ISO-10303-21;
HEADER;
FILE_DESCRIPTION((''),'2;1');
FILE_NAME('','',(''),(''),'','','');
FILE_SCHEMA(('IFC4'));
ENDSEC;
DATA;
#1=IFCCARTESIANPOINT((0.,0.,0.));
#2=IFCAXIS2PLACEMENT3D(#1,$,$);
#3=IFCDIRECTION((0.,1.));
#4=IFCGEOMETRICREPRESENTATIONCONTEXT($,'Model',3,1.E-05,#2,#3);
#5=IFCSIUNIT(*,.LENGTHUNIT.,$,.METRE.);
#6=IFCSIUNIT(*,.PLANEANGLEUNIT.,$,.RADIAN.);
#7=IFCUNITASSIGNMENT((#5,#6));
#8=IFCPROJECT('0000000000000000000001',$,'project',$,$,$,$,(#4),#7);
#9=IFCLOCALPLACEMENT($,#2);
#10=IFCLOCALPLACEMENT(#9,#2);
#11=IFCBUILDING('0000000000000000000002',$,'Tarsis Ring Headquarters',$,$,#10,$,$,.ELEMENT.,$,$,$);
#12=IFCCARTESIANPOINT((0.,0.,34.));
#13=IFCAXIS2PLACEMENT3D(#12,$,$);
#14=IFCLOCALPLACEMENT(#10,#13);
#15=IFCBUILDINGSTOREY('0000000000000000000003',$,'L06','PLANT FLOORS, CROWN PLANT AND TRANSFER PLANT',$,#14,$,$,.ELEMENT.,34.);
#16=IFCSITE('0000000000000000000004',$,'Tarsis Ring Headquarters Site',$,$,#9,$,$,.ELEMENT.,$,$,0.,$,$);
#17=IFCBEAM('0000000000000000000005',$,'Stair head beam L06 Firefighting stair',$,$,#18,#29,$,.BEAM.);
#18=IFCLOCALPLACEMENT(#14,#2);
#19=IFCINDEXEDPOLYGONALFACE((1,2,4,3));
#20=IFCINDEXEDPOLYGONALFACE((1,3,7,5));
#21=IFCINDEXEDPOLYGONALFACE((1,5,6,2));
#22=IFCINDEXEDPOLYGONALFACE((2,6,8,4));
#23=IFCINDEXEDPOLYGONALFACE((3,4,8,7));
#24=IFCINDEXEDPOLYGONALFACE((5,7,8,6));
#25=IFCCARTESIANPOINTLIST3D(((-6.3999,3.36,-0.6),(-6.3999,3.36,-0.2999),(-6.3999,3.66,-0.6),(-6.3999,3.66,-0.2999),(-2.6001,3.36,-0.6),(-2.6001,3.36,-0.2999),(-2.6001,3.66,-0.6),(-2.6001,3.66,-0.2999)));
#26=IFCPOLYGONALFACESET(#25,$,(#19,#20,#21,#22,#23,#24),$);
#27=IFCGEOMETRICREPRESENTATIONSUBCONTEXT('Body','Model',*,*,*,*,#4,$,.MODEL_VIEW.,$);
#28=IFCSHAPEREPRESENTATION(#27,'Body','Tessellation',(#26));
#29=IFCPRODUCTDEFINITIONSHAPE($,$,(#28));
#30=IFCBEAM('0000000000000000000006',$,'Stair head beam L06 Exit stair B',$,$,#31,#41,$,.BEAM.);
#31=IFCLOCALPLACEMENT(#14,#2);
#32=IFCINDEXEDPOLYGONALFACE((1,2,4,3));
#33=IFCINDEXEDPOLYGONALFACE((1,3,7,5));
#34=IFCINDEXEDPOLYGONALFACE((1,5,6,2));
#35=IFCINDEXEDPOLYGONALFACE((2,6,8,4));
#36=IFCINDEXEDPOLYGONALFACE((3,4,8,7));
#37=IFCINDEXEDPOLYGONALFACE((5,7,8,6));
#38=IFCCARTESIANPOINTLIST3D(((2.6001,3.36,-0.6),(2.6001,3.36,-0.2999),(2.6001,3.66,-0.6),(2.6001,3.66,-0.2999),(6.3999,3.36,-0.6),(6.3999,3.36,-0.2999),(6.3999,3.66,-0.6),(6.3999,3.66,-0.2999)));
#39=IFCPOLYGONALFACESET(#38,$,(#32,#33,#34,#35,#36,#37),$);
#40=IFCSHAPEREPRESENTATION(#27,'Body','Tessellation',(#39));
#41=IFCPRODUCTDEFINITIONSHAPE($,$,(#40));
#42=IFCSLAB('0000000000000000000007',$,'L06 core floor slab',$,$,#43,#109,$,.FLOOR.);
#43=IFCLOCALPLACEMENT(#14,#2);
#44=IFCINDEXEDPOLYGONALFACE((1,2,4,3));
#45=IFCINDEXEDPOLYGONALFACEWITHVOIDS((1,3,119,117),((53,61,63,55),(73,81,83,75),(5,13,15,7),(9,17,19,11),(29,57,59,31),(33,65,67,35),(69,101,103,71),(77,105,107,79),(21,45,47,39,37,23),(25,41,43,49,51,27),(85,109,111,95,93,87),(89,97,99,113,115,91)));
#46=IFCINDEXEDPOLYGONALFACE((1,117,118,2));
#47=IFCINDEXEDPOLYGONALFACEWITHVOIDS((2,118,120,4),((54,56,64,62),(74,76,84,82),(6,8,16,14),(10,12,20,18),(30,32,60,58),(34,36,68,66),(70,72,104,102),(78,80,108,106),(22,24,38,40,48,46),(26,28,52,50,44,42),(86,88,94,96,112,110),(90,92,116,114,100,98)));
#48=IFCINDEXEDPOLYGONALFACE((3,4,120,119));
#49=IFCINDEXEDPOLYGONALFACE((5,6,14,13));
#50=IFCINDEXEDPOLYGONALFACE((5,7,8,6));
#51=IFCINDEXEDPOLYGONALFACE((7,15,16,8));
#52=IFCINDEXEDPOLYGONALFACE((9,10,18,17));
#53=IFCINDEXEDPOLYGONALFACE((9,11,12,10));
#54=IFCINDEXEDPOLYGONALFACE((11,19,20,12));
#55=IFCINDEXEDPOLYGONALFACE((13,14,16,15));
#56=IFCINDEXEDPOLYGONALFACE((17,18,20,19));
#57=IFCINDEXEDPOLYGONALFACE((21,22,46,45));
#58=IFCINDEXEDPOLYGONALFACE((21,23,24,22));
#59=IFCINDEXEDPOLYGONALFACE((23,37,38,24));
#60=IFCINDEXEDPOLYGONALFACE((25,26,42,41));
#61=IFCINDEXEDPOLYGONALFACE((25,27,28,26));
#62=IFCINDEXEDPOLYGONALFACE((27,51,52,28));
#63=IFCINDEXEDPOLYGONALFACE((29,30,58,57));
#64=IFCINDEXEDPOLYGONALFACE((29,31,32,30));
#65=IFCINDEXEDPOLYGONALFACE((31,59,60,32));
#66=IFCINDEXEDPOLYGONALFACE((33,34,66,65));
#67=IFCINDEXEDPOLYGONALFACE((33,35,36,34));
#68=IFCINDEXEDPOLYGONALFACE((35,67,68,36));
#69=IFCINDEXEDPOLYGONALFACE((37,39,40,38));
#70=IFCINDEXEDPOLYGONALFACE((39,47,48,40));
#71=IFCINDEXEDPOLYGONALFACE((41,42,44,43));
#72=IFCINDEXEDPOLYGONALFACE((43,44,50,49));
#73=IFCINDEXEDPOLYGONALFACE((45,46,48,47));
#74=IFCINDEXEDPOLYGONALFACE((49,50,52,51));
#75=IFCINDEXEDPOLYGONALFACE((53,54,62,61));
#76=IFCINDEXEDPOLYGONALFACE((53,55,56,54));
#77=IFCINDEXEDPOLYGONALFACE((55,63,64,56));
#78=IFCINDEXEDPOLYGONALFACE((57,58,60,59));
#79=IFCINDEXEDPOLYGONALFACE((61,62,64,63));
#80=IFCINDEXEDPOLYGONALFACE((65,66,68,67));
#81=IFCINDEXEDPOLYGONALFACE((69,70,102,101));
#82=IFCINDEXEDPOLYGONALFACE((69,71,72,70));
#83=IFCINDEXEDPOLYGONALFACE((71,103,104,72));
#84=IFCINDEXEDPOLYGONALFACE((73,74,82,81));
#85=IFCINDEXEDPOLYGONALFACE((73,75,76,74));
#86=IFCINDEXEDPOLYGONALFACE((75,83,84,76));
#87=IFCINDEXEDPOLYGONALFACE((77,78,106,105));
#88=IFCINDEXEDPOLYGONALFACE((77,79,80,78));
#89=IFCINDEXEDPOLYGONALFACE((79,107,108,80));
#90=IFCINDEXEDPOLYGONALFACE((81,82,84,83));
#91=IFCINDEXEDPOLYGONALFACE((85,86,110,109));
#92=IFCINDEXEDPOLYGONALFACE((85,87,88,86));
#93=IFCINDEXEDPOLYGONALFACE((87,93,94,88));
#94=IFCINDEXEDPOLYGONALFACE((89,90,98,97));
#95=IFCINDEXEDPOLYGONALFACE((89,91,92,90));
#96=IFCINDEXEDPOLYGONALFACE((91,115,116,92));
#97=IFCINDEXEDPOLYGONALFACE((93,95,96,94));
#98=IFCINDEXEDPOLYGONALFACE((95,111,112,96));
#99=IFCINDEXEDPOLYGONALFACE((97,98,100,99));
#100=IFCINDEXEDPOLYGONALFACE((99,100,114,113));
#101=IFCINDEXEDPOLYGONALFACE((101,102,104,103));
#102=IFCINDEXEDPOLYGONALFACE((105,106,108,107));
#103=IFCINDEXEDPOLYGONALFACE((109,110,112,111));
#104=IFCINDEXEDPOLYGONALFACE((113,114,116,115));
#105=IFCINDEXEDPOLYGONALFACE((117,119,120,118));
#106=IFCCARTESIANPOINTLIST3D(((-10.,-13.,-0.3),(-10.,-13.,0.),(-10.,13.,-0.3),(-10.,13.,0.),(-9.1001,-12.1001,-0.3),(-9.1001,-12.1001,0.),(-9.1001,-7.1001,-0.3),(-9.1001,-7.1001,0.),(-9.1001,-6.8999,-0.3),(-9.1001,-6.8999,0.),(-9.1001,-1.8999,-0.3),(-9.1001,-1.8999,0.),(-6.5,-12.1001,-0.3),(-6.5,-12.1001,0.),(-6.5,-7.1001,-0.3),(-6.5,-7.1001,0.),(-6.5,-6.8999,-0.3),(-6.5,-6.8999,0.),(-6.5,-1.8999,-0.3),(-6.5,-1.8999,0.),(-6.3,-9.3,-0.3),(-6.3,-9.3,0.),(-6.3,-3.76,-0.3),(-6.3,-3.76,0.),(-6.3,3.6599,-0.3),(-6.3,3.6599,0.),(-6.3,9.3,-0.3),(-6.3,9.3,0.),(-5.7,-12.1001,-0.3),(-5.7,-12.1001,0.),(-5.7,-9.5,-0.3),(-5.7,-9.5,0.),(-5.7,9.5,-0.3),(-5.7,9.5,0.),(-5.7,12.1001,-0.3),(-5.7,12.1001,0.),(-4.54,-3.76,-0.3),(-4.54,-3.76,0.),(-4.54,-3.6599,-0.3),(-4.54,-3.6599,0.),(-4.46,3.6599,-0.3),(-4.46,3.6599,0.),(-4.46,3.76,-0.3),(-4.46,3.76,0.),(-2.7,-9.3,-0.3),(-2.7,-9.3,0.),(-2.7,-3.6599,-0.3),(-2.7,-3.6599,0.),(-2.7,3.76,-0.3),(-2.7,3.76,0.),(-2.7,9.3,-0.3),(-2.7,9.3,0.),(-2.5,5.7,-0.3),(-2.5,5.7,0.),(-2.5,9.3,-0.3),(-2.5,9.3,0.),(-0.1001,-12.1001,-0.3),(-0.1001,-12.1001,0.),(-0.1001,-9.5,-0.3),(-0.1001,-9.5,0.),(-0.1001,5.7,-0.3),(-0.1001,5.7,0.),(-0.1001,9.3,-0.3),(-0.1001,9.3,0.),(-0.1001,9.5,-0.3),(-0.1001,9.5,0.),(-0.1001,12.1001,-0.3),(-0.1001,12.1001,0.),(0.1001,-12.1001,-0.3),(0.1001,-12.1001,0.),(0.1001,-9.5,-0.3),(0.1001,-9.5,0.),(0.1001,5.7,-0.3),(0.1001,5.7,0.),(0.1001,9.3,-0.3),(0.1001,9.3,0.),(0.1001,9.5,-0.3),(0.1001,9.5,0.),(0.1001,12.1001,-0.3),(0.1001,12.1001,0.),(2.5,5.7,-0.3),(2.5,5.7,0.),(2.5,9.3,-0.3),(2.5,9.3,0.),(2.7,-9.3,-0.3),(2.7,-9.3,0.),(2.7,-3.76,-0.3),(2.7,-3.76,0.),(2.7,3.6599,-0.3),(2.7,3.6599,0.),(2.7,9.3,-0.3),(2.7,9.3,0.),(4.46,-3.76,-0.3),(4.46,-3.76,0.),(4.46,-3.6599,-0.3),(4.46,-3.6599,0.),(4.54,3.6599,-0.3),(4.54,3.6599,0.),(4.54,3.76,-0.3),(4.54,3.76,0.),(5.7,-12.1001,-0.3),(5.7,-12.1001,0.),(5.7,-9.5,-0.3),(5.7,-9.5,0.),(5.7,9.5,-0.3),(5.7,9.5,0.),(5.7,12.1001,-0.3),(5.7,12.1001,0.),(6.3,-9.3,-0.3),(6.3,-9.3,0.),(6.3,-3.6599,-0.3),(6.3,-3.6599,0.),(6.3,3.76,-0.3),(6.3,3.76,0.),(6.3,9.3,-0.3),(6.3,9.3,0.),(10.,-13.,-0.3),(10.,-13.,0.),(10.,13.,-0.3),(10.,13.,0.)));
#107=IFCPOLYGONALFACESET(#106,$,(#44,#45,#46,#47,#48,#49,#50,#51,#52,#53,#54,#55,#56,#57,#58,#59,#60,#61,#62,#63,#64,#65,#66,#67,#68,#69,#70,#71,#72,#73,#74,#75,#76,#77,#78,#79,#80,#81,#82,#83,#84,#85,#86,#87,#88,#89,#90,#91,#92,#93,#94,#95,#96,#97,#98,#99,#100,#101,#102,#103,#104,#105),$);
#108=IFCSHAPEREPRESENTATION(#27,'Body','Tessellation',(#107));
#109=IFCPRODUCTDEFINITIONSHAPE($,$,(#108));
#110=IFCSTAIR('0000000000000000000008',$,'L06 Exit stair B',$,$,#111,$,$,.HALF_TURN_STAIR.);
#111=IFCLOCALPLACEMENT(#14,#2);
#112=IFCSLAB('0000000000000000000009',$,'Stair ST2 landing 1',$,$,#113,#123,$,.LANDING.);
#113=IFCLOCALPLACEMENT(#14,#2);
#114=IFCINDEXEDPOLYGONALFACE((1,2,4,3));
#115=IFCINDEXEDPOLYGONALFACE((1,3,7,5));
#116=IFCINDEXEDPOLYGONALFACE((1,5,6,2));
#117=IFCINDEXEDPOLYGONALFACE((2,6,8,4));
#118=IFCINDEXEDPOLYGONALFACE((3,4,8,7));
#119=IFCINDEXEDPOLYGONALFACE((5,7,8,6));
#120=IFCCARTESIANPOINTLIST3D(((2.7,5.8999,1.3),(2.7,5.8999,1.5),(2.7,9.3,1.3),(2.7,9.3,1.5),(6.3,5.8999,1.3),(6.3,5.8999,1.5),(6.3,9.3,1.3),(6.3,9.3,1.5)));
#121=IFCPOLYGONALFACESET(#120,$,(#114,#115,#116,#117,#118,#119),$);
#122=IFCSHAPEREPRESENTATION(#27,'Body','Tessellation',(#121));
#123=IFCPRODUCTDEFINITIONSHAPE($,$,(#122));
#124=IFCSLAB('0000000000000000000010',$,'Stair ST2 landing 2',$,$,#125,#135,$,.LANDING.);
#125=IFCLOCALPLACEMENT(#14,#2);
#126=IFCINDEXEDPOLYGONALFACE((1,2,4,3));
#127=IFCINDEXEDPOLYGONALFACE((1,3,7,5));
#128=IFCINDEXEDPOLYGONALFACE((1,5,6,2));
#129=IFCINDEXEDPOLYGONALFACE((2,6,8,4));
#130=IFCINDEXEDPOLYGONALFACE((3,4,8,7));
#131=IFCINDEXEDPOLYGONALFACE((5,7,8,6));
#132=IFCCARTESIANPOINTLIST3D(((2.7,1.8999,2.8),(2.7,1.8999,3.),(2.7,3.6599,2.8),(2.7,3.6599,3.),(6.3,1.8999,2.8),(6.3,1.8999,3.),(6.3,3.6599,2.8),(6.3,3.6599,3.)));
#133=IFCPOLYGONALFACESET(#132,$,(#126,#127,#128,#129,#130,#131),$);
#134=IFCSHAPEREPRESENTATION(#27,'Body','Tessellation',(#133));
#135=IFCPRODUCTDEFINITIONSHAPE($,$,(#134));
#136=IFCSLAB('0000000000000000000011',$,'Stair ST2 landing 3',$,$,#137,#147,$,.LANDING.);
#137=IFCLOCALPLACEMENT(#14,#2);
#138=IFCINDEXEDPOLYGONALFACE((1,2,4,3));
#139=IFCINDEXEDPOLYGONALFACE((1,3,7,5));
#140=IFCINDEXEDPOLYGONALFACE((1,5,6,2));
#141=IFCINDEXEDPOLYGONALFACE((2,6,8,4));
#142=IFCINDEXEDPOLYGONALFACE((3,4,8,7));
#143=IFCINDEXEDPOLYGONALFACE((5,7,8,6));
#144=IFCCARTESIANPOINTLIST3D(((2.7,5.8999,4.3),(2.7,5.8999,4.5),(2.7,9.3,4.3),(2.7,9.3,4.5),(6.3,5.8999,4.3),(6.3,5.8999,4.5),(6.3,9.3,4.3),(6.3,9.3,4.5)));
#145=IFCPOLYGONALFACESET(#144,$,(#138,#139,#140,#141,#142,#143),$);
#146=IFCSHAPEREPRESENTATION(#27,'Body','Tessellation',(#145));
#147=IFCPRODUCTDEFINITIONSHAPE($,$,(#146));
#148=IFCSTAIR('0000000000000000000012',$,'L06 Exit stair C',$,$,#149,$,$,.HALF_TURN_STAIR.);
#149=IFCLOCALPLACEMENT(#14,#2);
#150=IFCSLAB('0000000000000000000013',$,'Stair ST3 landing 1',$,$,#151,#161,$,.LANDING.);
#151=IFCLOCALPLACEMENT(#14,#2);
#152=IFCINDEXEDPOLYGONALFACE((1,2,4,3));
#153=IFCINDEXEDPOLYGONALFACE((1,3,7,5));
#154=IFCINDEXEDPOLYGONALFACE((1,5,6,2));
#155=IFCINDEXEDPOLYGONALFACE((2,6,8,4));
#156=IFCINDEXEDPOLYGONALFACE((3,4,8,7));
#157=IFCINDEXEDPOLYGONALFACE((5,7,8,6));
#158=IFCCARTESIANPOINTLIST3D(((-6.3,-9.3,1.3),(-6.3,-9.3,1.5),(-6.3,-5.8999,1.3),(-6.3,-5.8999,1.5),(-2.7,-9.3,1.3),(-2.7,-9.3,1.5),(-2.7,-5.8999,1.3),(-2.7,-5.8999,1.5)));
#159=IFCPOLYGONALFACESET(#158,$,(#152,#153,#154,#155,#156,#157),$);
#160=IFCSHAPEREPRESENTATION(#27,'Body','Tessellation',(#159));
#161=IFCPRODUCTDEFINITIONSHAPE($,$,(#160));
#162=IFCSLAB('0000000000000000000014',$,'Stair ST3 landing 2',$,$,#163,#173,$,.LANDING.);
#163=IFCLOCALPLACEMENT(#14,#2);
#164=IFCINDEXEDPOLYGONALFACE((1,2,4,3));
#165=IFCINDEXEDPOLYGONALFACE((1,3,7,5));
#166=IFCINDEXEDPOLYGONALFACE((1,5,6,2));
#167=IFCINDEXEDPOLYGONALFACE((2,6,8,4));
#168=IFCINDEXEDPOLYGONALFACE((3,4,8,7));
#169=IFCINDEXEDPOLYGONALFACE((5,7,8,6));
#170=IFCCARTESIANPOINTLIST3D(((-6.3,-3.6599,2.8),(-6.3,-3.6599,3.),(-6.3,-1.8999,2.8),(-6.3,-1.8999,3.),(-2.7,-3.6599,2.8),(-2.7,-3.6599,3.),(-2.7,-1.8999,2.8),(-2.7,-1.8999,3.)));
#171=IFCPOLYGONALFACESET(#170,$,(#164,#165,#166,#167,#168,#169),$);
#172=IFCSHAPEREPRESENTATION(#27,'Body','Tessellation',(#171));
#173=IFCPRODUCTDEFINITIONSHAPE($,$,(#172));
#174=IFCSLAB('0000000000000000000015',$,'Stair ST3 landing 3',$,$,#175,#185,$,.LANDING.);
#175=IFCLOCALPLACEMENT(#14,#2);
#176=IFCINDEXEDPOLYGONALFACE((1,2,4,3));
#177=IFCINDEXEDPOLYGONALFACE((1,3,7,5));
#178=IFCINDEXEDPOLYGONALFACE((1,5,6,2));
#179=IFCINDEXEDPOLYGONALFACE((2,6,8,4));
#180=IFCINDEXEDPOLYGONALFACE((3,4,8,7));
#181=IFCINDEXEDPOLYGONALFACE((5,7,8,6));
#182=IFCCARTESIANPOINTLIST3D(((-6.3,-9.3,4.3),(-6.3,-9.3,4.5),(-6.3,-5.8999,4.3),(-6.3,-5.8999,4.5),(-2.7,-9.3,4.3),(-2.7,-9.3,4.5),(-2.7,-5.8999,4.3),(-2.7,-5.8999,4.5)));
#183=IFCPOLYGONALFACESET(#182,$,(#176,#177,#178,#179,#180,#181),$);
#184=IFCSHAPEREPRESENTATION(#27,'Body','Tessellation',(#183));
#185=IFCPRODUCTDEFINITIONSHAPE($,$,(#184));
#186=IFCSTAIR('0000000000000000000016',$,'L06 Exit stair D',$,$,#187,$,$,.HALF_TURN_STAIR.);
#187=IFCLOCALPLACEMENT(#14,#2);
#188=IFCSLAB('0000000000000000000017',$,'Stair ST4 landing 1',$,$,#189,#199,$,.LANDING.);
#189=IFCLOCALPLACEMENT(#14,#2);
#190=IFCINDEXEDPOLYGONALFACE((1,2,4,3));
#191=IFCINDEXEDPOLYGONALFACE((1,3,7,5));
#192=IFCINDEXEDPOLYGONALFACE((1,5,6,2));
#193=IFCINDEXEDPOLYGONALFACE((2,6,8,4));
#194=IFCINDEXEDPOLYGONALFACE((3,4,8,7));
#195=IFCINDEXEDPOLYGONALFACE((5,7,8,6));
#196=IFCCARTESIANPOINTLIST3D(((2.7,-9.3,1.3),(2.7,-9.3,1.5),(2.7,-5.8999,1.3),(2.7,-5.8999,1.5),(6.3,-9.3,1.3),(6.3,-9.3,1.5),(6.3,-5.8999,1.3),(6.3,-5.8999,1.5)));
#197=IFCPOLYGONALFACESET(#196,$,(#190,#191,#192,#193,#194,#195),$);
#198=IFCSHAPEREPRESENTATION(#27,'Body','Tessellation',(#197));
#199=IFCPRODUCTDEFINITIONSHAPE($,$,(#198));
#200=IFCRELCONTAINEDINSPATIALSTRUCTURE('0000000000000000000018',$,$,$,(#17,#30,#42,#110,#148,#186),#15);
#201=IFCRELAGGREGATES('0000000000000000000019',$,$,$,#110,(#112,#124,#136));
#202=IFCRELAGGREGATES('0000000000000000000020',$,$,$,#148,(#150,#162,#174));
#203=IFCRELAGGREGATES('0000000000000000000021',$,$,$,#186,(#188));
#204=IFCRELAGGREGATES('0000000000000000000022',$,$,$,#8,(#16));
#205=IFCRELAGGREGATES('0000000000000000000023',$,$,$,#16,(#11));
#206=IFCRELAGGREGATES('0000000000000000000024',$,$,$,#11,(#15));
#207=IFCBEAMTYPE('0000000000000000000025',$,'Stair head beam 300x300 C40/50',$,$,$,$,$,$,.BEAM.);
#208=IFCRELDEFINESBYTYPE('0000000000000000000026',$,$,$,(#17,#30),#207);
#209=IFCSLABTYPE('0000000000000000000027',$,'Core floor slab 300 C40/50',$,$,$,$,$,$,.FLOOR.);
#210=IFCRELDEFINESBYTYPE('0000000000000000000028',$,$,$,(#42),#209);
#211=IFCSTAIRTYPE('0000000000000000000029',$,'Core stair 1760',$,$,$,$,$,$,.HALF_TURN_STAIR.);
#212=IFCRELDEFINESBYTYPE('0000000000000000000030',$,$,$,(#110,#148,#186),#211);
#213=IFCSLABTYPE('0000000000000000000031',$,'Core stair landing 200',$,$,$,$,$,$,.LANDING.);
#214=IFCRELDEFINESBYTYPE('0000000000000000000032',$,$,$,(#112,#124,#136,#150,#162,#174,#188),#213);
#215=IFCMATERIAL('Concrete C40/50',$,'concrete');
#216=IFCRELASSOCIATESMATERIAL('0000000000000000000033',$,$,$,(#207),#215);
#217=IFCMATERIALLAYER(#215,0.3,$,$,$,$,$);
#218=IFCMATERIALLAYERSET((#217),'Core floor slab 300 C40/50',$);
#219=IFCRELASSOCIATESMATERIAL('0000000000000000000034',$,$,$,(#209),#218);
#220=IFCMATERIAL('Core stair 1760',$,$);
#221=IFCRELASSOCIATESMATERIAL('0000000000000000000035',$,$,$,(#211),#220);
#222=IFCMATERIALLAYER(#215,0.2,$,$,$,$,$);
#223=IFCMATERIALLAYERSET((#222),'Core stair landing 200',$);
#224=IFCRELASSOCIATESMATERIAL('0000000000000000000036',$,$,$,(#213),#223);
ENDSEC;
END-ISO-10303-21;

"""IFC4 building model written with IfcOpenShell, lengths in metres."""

from ifc_helpers import new_model, si_unit, direction, frame, origin, origin_2d, place, context, subcontext, project, spatial, polyline, rectangle, outline, extrude, material, layer, layer_set, material_profile, profile_set, type_object, element, aggregate, save


model = new_model("IFC4")

# Units and contexts
model_context = context("Model", 3, precision=1e-05, world=origin(), true_north=direction((0.0, 1.0)))
body_context = subcontext(model_context, "Body", "Model", "MODEL_VIEW")
ifc_project = project(units=[si_unit("LENGTHUNIT", "METRE"), si_unit("PLANEANGLEUNIT", "RADIAN")], contexts=[model_context])

# Site, building, storey
site_placement = place(None, origin())
site = spatial("IfcSite", under=ifc_project, at=site_placement, Name="Tarsis Ring Headquarters Site", CompositionType="ELEMENT", RefElevation=0.0)
building_placement = place(site_placement, origin())
building = spatial("IfcBuilding", under=site, at=building_placement, Name="Tarsis Ring Headquarters", CompositionType="ELEMENT")
storey_placement = place(building_placement, frame((0.0, 0.0, 34.0)))
storey = spatial("IfcBuildingStorey", under=building, at=storey_placement, Name="L06", Description="PLANT FLOORS, CROWN PLANT AND TRANSFER PLANT", CompositionType="ELEMENT", Elevation=34.0)

# Beams
ifc_material_1 = material(Name="Concrete C40/50", Category="concrete")
ifc_material_profile = material_profile(ifc_material_1, rectangle(XDim=0.3, YDim=0.3, at=origin_2d()), Name="Stair head beam 300x300 C40/50")
ifc_profile_set = profile_set([ifc_material_profile], Name="Concrete C40/50")
beam_type = type_object("IfcBeamType", Name="Stair head beam 300x300 C40/50", PredefinedType="BEAM", material=ifc_profile_set)
for number, where, z_axis, x_axis, name in (
    (1, (-6.3999, 3.51, -0.45), (1.0, 0.0, 0.0), (0.0, 1.0, 0.0), "Stair head beam L06 Firefighting stair"),
    (2, (2.6001, 3.51, -0.45), (1.0, 0.0, 0.0), (0.0, 1.0, 0.0), "Stair head beam L06 Exit stair B"),
):
    element("IfcBeam", number, at=place(storey_placement, frame(where, z_axis=z_axis, x_axis=x_axis)), inside=storey, type_object=beam_type, Name=name, PredefinedType="BEAM", context=body_context, shape_type="SweptSolid", body=[
        extrude(rectangle(XDim=0.3, YDim=0.3, at=origin_2d()), origin(), (0.0, 0.0, 1.0), 3.7998),
    ])

# Slab
ifc_layer_1 = layer(ifc_material_1, 0.3)
ifc_layer_set_1 = layer_set([ifc_layer_1], Name="Core floor slab 300 C40/50")
slab_type_1 = type_object("IfcSlabType", Name="Core floor slab 300 C40/50", PredefinedType="FLOOR", material=ifc_layer_set_1)
slab_1_placement = place(storey_placement, frame((0.0, 0.0, -0.3)))
element("IfcSlab", 3, at=slab_1_placement, inside=storey, type_object=slab_type_1, Name="L06 core floor slab", PredefinedType="FLOOR", context=body_context, shape_type="SweptSolid", body=[
    extrude(outline(polyline([(-10.0, -13.0), (10.0, -13.0), (10.0, 13.0), (-10.0, 13.0), (-10.0, -13.0)]), holes=[polyline([(-2.5, 5.7), (-0.1001, 5.7), (-0.1001, 9.3), (-2.5, 9.3), (-2.5, 5.7)]), polyline([(0.1001, 5.7), (2.5, 5.7), (2.5, 9.3), (0.1001, 9.3), (0.1001, 5.7)]), polyline([(-9.1001, -12.1001), (-6.5, -12.1001), (-6.5, -7.1001), (-9.1001, -7.1001), (-9.1001, -12.1001)]), polyline([(-9.1001, -6.8999), (-6.5, -6.8999), (-6.5, -1.8999), (-9.1001, -1.8999), (-9.1001, -6.8999)]), polyline([(-5.7, 9.5), (-0.1001, 9.5), (-0.1001, 12.1001), (-5.7, 12.1001), (-5.7, 9.5)]), polyline([(0.1001, 9.5), (5.7, 9.5), (5.7, 12.1001), (0.1001, 12.1001), (0.1001, 9.5)]), polyline([(-5.7, -12.1001), (-0.1001, -12.1001), (-0.1001, -9.5), (-5.7, -9.5), (-5.7, -12.1001)]), polyline([(0.1001, -12.1001), (5.7, -12.1001), (5.7, -9.5), (0.1001, -9.5), (0.1001, -12.1001)]), polyline([(-2.7, 3.76), (-2.7, 9.3), (-6.3, 9.3), (-6.3, 3.6599), (-4.46, 3.6599), (-4.46, 3.76), (-2.7, 3.76)]), polyline([(6.3, 3.76), (6.3, 9.3), (2.7, 9.3), (2.7, 3.6599), (4.54, 3.6599), (4.54, 3.76), (6.3, 3.76)]), polyline([(-6.3, -3.76), (-6.3, -9.3), (-2.7, -9.3), (-2.7, -3.6599), (-4.54, -3.6599), (-4.54, -3.76), (-6.3, -3.76)]), polyline([(2.7, -3.76), (2.7, -9.3), (6.3, -9.3), (6.3, -3.6599), (4.46, -3.6599), (4.46, -3.76), (2.7, -3.76)])]), origin(), (0.0, 0.0, 1.0), 0.3),
])

# Stairs, slabs
ifc_material_2 = material(Name="Core stair 1760")
stair_type = type_object("IfcStairType", Name="Core stair 1760", PredefinedType="HALF_TURN_STAIR", material=ifc_material_2)
stair_1_placement = place(storey_placement, origin())
stair_1 = element("IfcStair", 4, at=stair_1_placement, inside=storey, type_object=stair_type, Name="L06 Exit stair B", PredefinedType="HALF_TURN_STAIR")
ifc_layer_2 = layer(ifc_material_1, 0.2)
ifc_layer_set_2 = layer_set([ifc_layer_2], Name="Core stair landing 200")
slab_type_2 = type_object("IfcSlabType", Name="Core stair landing 200", PredefinedType="LANDING", material=ifc_layer_set_2)
slab_2_placement = place(storey_placement, frame((0.0, 0.0, 1.3)))
slab_2 = element("IfcSlab", 5, at=slab_2_placement, type_object=slab_type_2, Name="Stair ST2 landing 1", PredefinedType="LANDING", context=body_context, shape_type="SweptSolid", body=[
    extrude(outline(polyline([(6.3, 5.8999), (6.3, 9.3), (2.7, 9.3), (2.7, 5.8999), (6.3, 5.8999)])), origin(), (0.0, 0.0, 1.0), 0.2),
])
slab_3_placement = place(storey_placement, frame((0.0, 0.0, 2.8)))
slab_3 = element("IfcSlab", 6, at=slab_3_placement, type_object=slab_type_2, Name="Stair ST2 landing 2", PredefinedType="LANDING", context=body_context, shape_type="SweptSolid", body=[
    extrude(outline(polyline([(6.3, 1.8999), (6.3, 3.6599), (2.7, 3.6599), (2.7, 1.8999), (6.3, 1.8999)])), origin(), (0.0, 0.0, 1.0), 0.2),
])
slab_4_placement = place(storey_placement, frame((0.0, 0.0, 4.3)))
slab_4 = element("IfcSlab", 7, at=slab_4_placement, type_object=slab_type_2, Name="Stair ST2 landing 3", PredefinedType="LANDING", context=body_context, shape_type="SweptSolid", body=[
    extrude(outline(polyline([(6.3, 5.8999), (6.3, 9.3), (2.7, 9.3), (2.7, 5.8999), (6.3, 5.8999)])), origin(), (0.0, 0.0, 1.0), 0.2),
])
aggregate(stair_1, [slab_2, slab_3, slab_4])
stair_2_placement = place(storey_placement, origin())
stair_2 = element("IfcStair", 8, at=stair_2_placement, inside=storey, type_object=stair_type, Name="L06 Exit stair C", PredefinedType="HALF_TURN_STAIR")
slab_5_placement = place(storey_placement, frame((0.0, 0.0, 1.3)))
slab_5 = element("IfcSlab", 9, at=slab_5_placement, type_object=slab_type_2, Name="Stair ST3 landing 1", PredefinedType="LANDING", context=body_context, shape_type="SweptSolid", body=[
    extrude(outline(polyline([(-6.3, -5.8999), (-6.3, -9.3), (-2.7, -9.3), (-2.7, -5.8999), (-6.3, -5.8999)])), origin(), (0.0, 0.0, 1.0), 0.2),
])
slab_6_placement = place(storey_placement, frame((0.0, 0.0, 2.8)))
slab_6 = element("IfcSlab", 10, at=slab_6_placement, type_object=slab_type_2, Name="Stair ST3 landing 2", PredefinedType="LANDING", context=body_context, shape_type="SweptSolid", body=[
    extrude(outline(polyline([(-6.3, -1.8999), (-6.3, -3.6599), (-2.7, -3.6599), (-2.7, -1.8999), (-6.3, -1.8999)])), origin(), (0.0, 0.0, 1.0), 0.2),
])
slab_7_placement = place(storey_placement, frame((0.0, 0.0, 4.3)))
slab_7 = element("IfcSlab", 11, at=slab_7_placement, type_object=slab_type_2, Name="Stair ST3 landing 3", PredefinedType="LANDING", context=body_context, shape_type="SweptSolid", body=[
    extrude(outline(polyline([(-6.3, -5.8999), (-6.3, -9.3), (-2.7, -9.3), (-2.7, -5.8999), (-6.3, -5.8999)])), origin(), (0.0, 0.0, 1.0), 0.2),
])
aggregate(stair_2, [slab_5, slab_6, slab_7])
stair_3_placement = place(storey_placement, origin())
stair_3 = element("IfcStair", 12, at=stair_3_placement, inside=storey, type_object=stair_type, Name="L06 Exit stair D", PredefinedType="HALF_TURN_STAIR")
slab_8_placement = place(storey_placement, frame((0.0, 0.0, 1.3)))
slab_8 = element("IfcSlab", 13, at=slab_8_placement, type_object=slab_type_2, Name="Stair ST4 landing 1", PredefinedType="LANDING", context=body_context, shape_type="SweptSolid", body=[
    extrude(outline(polyline([(2.7, -5.8999), (2.7, -9.3), (6.3, -9.3), (6.3, -5.8999), (2.7, -5.8999)])), origin(), (0.0, 0.0, 1.0), 0.2),
])
aggregate(stair_3, [slab_8])

save(model, "model.ifc")
